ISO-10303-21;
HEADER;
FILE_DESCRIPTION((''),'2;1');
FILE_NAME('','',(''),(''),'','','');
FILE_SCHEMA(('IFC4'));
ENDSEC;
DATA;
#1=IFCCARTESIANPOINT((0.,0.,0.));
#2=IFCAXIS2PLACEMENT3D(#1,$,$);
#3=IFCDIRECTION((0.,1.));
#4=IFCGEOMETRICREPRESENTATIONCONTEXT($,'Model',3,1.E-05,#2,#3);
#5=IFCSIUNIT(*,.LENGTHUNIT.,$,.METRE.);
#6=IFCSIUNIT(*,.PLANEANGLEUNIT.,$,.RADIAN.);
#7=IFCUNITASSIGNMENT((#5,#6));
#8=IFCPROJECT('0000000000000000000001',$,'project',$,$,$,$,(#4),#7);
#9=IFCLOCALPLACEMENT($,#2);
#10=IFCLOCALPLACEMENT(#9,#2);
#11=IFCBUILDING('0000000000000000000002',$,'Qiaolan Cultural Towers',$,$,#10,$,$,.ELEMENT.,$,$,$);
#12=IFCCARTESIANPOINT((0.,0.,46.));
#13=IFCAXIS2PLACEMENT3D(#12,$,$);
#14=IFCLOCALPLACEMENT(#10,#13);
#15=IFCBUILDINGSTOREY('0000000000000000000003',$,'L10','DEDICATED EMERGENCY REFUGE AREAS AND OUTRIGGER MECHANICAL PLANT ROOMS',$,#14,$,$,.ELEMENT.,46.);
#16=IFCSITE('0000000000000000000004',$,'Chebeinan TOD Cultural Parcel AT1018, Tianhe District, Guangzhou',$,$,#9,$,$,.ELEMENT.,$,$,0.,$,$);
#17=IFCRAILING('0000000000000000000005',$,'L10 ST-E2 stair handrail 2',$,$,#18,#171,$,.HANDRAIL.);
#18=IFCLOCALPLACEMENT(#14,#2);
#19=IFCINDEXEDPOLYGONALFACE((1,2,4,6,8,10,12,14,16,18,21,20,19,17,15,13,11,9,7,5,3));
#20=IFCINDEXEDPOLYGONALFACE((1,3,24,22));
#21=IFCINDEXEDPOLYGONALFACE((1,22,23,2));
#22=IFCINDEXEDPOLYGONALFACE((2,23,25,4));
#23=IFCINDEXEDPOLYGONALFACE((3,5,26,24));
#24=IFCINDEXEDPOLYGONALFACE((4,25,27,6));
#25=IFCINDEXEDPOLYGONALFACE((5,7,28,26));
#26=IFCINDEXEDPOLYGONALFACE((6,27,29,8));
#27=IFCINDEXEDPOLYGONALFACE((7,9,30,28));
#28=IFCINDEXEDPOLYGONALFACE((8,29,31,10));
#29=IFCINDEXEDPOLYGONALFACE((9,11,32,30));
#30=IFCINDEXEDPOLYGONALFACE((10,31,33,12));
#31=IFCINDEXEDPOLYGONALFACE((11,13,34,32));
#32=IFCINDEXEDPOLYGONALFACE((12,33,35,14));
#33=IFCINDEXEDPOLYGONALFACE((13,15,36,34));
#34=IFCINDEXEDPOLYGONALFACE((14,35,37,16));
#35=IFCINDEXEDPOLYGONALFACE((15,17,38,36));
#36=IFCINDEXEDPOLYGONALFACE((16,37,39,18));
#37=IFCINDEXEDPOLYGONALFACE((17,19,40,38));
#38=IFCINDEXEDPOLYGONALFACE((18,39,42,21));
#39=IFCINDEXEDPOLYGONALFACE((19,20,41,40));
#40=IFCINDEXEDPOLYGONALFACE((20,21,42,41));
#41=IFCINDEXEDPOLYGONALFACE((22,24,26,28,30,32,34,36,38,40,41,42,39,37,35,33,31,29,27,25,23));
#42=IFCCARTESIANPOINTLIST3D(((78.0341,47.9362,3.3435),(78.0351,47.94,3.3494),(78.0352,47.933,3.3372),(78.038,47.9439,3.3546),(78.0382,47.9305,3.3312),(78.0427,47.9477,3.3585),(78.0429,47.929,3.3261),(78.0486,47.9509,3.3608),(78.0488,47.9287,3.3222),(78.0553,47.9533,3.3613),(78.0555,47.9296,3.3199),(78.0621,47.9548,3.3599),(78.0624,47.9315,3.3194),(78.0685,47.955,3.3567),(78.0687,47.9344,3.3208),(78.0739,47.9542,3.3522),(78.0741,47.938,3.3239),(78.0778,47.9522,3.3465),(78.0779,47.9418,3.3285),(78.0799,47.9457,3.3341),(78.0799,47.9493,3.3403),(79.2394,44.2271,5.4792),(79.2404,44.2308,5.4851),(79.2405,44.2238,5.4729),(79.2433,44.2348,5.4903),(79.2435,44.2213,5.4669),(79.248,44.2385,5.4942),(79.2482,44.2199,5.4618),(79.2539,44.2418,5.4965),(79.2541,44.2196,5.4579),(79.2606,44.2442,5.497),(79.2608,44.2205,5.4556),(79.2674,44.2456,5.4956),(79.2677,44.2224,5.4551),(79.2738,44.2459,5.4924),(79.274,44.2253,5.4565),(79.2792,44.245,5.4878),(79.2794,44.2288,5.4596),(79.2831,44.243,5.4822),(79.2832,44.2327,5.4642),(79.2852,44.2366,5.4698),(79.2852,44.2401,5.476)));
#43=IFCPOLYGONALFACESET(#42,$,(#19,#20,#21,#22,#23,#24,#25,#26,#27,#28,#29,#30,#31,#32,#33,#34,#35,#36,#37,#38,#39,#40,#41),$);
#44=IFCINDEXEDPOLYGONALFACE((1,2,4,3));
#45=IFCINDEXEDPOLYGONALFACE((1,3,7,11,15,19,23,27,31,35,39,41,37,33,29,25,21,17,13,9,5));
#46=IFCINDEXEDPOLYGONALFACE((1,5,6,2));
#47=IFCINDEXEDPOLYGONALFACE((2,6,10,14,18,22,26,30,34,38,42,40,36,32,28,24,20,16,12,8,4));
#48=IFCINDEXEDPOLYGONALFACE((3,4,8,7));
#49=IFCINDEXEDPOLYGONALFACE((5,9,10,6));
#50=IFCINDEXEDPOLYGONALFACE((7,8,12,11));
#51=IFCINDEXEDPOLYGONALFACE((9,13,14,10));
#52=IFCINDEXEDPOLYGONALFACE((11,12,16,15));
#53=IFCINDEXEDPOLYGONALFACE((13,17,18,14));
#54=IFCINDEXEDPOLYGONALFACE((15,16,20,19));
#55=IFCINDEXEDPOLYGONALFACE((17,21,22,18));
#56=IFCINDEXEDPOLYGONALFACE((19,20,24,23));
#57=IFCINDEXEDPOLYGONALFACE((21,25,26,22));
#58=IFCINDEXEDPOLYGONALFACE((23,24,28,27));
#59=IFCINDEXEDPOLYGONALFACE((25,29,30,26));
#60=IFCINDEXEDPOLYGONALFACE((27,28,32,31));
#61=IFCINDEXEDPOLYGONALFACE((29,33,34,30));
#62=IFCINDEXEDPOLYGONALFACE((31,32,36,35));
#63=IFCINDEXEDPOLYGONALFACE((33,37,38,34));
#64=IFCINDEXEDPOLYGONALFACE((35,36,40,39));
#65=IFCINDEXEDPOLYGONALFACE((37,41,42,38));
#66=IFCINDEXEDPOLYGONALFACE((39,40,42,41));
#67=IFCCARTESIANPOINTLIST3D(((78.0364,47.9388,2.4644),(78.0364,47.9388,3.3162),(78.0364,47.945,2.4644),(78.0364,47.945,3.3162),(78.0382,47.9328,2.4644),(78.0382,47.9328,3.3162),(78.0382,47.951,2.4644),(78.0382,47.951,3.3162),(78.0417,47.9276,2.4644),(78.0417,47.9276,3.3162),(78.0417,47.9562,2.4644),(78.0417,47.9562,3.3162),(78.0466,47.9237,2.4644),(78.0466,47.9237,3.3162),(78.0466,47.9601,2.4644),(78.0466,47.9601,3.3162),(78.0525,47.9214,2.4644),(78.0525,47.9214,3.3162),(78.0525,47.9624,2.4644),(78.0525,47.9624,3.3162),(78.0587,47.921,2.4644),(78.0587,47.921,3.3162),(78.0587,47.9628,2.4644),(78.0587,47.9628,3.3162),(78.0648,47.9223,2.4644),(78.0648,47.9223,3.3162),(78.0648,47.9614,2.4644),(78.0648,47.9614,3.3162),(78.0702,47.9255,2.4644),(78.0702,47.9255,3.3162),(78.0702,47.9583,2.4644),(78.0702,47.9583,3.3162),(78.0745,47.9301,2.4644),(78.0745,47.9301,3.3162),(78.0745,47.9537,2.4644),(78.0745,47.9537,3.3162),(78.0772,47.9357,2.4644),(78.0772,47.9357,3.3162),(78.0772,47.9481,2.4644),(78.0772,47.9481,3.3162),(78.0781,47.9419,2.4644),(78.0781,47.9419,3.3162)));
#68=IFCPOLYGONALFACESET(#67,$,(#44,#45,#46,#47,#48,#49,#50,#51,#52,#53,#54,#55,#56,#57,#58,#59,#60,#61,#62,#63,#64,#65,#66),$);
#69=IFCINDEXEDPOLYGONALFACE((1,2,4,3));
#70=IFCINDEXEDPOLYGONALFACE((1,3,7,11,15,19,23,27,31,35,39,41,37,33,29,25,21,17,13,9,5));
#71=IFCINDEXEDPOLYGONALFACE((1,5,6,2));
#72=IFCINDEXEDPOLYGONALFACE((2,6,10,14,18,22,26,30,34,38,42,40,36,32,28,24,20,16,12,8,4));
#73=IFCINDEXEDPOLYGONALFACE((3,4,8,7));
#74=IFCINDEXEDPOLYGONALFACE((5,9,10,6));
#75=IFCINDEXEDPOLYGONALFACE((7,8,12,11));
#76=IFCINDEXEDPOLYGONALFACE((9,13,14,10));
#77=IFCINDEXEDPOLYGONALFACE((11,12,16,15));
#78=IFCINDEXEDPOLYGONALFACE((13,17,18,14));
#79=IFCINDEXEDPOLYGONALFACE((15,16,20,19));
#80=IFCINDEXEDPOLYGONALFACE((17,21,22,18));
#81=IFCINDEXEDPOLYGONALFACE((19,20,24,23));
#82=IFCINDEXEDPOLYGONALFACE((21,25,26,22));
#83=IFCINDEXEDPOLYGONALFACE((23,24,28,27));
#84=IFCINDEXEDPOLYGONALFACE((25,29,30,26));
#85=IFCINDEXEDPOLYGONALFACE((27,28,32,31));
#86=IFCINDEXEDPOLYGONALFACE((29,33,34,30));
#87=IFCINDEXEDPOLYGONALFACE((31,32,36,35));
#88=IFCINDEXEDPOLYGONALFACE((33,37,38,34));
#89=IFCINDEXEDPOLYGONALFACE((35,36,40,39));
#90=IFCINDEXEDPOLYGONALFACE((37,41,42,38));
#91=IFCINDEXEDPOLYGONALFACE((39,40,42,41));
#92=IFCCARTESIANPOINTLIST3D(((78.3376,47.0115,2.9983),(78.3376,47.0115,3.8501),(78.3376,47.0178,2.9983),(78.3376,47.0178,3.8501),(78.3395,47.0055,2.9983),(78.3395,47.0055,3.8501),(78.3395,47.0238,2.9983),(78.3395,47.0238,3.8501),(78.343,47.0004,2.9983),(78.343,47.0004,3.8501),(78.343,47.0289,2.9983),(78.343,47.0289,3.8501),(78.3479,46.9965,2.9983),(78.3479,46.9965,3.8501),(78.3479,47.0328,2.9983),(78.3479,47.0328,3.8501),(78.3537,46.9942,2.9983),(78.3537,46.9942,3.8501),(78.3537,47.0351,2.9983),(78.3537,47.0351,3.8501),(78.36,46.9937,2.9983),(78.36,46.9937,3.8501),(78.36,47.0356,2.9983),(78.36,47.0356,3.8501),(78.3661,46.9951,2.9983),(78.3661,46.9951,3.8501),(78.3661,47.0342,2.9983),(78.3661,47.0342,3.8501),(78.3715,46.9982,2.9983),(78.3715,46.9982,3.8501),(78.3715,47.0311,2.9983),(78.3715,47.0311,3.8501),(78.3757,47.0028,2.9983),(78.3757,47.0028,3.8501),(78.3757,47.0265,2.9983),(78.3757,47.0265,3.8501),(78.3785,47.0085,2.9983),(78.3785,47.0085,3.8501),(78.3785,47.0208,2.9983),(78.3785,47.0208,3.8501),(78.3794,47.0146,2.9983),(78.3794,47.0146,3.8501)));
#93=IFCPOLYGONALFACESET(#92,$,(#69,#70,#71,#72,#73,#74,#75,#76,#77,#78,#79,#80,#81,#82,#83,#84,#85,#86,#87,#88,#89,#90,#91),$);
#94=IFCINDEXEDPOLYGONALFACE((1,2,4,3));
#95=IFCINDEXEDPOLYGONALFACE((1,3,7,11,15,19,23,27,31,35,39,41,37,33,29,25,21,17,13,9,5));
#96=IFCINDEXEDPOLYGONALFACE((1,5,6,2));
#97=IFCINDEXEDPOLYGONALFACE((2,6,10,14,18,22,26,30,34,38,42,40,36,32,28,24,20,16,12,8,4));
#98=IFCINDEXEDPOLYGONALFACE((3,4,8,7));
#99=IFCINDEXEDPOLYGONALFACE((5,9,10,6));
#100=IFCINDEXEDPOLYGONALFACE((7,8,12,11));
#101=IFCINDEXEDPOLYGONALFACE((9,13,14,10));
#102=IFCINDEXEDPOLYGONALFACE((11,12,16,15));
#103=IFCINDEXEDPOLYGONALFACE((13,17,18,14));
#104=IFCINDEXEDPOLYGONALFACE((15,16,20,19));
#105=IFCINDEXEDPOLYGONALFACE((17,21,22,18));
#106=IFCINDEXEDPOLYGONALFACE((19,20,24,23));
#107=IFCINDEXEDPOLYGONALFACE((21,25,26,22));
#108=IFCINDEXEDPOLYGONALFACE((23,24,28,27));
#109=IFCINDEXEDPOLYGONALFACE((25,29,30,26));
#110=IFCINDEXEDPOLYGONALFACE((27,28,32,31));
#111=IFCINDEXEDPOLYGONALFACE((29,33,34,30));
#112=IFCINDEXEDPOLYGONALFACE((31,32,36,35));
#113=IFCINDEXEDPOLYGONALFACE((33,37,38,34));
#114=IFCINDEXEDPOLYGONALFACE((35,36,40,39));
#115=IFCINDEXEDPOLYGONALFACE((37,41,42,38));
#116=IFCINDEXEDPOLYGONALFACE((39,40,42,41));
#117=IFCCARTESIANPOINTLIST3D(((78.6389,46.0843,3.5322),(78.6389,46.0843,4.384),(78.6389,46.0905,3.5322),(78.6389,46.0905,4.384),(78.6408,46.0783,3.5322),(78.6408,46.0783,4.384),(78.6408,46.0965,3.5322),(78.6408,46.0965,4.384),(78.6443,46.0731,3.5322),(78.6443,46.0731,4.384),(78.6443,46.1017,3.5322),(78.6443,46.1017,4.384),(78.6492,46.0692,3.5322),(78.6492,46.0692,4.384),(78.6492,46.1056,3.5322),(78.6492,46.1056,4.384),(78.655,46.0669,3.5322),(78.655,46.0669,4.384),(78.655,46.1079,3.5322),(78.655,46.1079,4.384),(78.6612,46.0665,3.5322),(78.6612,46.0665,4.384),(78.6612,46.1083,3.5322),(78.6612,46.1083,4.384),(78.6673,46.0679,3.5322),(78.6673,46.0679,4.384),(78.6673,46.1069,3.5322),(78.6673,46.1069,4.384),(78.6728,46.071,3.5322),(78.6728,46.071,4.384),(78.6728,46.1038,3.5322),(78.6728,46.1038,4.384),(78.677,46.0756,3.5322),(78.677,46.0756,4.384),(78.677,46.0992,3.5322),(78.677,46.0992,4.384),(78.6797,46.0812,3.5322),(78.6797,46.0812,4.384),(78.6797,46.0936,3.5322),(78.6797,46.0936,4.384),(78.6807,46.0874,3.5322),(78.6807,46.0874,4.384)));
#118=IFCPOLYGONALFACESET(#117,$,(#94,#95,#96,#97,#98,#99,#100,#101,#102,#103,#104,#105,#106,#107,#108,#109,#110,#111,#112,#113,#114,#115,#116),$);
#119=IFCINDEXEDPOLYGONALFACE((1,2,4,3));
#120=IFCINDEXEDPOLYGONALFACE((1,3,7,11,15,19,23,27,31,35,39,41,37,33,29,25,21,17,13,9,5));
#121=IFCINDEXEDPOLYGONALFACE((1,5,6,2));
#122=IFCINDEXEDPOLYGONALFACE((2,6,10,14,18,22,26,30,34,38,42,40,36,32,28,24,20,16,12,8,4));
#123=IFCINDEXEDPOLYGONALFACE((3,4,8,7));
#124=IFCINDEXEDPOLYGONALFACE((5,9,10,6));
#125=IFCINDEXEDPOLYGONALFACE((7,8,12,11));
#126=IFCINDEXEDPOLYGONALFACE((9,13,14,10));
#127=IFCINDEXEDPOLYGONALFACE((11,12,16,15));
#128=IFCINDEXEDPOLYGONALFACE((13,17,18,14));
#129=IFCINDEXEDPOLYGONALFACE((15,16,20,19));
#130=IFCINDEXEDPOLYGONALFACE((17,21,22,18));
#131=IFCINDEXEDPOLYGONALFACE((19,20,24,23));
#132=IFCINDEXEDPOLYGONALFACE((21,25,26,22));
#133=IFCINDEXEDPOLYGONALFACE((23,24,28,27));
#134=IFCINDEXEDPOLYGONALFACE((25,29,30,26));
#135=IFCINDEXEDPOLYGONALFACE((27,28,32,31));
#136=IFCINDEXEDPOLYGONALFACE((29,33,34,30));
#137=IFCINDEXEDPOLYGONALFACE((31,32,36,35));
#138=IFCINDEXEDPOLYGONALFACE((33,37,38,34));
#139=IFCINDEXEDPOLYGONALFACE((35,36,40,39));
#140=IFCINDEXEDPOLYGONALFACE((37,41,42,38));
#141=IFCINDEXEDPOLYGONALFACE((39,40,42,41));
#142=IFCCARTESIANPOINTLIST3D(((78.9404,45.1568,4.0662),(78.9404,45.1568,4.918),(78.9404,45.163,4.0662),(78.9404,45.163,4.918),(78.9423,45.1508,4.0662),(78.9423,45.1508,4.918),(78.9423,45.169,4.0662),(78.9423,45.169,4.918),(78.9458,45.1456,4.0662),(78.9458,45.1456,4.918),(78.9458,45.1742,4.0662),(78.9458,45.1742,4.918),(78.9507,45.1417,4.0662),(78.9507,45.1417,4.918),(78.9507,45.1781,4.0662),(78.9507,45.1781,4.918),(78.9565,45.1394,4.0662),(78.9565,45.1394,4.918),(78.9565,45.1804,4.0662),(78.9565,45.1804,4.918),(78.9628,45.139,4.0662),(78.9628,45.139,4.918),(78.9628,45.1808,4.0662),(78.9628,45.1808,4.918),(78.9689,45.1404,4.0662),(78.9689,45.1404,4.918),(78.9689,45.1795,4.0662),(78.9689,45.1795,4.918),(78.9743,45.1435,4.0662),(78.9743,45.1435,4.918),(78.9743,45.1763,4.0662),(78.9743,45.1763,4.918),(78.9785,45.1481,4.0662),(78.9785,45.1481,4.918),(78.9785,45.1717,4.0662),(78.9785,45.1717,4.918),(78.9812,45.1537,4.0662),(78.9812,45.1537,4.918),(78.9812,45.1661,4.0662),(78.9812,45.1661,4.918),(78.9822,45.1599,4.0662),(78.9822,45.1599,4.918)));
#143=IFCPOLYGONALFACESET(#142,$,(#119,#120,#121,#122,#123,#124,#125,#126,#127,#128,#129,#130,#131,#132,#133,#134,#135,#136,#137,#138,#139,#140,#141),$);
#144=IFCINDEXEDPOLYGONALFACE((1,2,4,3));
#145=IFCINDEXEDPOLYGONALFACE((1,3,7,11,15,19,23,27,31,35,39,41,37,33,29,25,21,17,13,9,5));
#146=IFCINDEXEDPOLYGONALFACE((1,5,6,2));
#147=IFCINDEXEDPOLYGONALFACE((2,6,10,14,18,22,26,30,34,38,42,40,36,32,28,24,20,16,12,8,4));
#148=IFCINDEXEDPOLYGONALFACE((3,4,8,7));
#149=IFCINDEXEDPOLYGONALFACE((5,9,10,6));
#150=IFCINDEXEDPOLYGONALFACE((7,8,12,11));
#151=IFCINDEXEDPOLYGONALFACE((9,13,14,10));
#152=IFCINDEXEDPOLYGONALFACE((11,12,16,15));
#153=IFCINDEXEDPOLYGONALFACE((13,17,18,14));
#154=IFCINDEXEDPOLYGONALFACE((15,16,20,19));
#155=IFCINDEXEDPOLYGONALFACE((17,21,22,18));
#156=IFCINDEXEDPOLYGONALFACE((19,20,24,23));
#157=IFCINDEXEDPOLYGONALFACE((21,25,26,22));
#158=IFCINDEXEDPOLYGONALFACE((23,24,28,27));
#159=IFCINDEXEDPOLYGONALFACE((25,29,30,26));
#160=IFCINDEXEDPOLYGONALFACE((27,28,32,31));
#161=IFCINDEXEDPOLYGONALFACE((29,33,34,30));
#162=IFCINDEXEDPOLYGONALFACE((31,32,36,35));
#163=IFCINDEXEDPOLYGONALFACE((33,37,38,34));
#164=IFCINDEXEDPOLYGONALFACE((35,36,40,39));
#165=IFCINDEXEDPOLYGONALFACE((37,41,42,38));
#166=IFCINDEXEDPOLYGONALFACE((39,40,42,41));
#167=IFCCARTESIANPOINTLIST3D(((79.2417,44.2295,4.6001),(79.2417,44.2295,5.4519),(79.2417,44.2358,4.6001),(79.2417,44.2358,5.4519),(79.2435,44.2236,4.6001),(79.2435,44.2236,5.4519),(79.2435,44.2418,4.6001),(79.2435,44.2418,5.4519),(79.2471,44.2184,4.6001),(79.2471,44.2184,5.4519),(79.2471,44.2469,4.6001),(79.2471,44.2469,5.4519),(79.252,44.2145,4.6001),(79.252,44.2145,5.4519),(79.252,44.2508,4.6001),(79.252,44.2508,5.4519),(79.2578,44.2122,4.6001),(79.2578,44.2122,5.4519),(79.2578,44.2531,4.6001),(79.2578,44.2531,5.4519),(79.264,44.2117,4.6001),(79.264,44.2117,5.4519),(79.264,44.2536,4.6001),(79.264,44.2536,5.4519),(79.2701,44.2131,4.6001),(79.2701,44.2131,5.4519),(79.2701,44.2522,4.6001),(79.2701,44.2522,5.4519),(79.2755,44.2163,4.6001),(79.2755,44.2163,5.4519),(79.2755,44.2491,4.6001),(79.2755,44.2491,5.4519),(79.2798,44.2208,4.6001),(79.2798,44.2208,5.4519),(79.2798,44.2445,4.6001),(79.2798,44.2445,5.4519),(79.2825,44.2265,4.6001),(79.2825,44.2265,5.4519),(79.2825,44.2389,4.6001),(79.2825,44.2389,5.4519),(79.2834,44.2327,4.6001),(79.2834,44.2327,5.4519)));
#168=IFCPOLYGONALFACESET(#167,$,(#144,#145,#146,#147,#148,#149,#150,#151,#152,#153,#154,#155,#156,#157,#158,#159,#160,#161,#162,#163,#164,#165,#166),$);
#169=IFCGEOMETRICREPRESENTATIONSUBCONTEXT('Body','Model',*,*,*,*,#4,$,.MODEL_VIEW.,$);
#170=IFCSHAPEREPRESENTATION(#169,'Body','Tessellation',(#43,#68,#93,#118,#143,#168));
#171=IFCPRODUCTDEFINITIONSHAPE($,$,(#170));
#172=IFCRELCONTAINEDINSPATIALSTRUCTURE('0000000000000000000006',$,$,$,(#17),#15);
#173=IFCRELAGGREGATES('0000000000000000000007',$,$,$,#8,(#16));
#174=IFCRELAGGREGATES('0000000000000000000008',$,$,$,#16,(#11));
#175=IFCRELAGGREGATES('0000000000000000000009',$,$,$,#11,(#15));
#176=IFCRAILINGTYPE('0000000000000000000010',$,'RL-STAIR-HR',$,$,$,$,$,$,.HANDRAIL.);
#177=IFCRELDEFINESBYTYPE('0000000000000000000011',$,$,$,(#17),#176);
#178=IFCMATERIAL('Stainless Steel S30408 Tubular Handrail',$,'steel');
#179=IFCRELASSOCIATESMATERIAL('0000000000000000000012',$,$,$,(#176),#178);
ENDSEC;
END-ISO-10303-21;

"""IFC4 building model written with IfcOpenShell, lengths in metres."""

from ifc_helpers import new_model, si_unit, direction, frame, origin, origin_2d, place, context, subcontext, project, spatial, circle, extrude, material, type_object, element, save


model = new_model("IFC4")

# Units and contexts
model_context = context("Model", 3, precision=1e-05, world=origin(), true_north=direction((0.0, 1.0)))
body_context = subcontext(model_context, "Body", "Model", "MODEL_VIEW")
ifc_project = project(units=[si_unit("LENGTHUNIT", "METRE"), si_unit("PLANEANGLEUNIT", "RADIAN")], contexts=[model_context])

# Site, building, storey
site_placement = place(None, origin())
site = spatial("IfcSite", under=ifc_project, at=site_placement, Name="Chebeinan TOD Cultural Parcel AT1018, Tianhe District, Guangzhou", CompositionType="ELEMENT", RefElevation=0.0)
building_placement = place(site_placement, origin())
building = spatial("IfcBuilding", under=site, at=building_placement, Name="Qiaolan Cultural Towers", CompositionType="ELEMENT")
storey_placement = place(building_placement, frame((0.0, 0.0, 46.0)))
storey = spatial("IfcBuildingStorey", under=building, at=storey_placement, Name="L10", Description="DEDICATED EMERGENCY REFUGE AREAS AND OUTRIGGER MECHANICAL PLANT ROOMS", CompositionType="ELEMENT", Elevation=46.0)

# Railing
ifc_material_1 = material(Name="Stainless Steel S30408 Tubular Handrail", Category="steel")
railing_type = type_object("IfcRailingType", Name="RL-STAIR-HR", PredefinedType="HANDRAIL", material=ifc_material_1)
railing_placement = place(storey_placement, frame((78.0571, 47.9419, 2.4644)))
element("IfcRailing", 1, at=railing_placement, inside=storey, type_object=railing_type, Name="L10 ST-E2 stair handrail 2", PredefinedType="HANDRAIL", context=body_context, shape_type="SweptSolid", body=[
    extrude(circle(Radius=0.0239, at=origin_2d()), frame((0.0, 0.0, 0.876), z_axis=(0.271064, -0.834165, 0.480305), x_axis=(0.951047, 0.309045, 0.0)), (0.0, 0.0, 1.0), 4.4465),
    extrude(circle(Radius=0.021, at=origin_2d()), origin(), (0.0, 0.0, 1.0), 0.8518),
    extrude(circle(Radius=0.021, at=origin_2d()), frame((0.3013, -0.9272, 0.5339)), (0.0, 0.0, 1.0), 0.8518),
    extrude(circle(Radius=0.021, at=origin_2d()), frame((0.6025, -1.8545, 1.0679)), (0.0, 0.0, 1.0), 0.8518),
    extrude(circle(Radius=0.021, at=origin_2d()), frame((0.9041, -2.782, 1.6018)), (0.0, 0.0, 1.0), 0.8518),
    extrude(circle(Radius=0.021, at=origin_2d()), frame((1.2053, -3.7092, 2.1357)), (0.0, 0.0, 1.0), 0.8518),
])

save(model, "model.ifc")
